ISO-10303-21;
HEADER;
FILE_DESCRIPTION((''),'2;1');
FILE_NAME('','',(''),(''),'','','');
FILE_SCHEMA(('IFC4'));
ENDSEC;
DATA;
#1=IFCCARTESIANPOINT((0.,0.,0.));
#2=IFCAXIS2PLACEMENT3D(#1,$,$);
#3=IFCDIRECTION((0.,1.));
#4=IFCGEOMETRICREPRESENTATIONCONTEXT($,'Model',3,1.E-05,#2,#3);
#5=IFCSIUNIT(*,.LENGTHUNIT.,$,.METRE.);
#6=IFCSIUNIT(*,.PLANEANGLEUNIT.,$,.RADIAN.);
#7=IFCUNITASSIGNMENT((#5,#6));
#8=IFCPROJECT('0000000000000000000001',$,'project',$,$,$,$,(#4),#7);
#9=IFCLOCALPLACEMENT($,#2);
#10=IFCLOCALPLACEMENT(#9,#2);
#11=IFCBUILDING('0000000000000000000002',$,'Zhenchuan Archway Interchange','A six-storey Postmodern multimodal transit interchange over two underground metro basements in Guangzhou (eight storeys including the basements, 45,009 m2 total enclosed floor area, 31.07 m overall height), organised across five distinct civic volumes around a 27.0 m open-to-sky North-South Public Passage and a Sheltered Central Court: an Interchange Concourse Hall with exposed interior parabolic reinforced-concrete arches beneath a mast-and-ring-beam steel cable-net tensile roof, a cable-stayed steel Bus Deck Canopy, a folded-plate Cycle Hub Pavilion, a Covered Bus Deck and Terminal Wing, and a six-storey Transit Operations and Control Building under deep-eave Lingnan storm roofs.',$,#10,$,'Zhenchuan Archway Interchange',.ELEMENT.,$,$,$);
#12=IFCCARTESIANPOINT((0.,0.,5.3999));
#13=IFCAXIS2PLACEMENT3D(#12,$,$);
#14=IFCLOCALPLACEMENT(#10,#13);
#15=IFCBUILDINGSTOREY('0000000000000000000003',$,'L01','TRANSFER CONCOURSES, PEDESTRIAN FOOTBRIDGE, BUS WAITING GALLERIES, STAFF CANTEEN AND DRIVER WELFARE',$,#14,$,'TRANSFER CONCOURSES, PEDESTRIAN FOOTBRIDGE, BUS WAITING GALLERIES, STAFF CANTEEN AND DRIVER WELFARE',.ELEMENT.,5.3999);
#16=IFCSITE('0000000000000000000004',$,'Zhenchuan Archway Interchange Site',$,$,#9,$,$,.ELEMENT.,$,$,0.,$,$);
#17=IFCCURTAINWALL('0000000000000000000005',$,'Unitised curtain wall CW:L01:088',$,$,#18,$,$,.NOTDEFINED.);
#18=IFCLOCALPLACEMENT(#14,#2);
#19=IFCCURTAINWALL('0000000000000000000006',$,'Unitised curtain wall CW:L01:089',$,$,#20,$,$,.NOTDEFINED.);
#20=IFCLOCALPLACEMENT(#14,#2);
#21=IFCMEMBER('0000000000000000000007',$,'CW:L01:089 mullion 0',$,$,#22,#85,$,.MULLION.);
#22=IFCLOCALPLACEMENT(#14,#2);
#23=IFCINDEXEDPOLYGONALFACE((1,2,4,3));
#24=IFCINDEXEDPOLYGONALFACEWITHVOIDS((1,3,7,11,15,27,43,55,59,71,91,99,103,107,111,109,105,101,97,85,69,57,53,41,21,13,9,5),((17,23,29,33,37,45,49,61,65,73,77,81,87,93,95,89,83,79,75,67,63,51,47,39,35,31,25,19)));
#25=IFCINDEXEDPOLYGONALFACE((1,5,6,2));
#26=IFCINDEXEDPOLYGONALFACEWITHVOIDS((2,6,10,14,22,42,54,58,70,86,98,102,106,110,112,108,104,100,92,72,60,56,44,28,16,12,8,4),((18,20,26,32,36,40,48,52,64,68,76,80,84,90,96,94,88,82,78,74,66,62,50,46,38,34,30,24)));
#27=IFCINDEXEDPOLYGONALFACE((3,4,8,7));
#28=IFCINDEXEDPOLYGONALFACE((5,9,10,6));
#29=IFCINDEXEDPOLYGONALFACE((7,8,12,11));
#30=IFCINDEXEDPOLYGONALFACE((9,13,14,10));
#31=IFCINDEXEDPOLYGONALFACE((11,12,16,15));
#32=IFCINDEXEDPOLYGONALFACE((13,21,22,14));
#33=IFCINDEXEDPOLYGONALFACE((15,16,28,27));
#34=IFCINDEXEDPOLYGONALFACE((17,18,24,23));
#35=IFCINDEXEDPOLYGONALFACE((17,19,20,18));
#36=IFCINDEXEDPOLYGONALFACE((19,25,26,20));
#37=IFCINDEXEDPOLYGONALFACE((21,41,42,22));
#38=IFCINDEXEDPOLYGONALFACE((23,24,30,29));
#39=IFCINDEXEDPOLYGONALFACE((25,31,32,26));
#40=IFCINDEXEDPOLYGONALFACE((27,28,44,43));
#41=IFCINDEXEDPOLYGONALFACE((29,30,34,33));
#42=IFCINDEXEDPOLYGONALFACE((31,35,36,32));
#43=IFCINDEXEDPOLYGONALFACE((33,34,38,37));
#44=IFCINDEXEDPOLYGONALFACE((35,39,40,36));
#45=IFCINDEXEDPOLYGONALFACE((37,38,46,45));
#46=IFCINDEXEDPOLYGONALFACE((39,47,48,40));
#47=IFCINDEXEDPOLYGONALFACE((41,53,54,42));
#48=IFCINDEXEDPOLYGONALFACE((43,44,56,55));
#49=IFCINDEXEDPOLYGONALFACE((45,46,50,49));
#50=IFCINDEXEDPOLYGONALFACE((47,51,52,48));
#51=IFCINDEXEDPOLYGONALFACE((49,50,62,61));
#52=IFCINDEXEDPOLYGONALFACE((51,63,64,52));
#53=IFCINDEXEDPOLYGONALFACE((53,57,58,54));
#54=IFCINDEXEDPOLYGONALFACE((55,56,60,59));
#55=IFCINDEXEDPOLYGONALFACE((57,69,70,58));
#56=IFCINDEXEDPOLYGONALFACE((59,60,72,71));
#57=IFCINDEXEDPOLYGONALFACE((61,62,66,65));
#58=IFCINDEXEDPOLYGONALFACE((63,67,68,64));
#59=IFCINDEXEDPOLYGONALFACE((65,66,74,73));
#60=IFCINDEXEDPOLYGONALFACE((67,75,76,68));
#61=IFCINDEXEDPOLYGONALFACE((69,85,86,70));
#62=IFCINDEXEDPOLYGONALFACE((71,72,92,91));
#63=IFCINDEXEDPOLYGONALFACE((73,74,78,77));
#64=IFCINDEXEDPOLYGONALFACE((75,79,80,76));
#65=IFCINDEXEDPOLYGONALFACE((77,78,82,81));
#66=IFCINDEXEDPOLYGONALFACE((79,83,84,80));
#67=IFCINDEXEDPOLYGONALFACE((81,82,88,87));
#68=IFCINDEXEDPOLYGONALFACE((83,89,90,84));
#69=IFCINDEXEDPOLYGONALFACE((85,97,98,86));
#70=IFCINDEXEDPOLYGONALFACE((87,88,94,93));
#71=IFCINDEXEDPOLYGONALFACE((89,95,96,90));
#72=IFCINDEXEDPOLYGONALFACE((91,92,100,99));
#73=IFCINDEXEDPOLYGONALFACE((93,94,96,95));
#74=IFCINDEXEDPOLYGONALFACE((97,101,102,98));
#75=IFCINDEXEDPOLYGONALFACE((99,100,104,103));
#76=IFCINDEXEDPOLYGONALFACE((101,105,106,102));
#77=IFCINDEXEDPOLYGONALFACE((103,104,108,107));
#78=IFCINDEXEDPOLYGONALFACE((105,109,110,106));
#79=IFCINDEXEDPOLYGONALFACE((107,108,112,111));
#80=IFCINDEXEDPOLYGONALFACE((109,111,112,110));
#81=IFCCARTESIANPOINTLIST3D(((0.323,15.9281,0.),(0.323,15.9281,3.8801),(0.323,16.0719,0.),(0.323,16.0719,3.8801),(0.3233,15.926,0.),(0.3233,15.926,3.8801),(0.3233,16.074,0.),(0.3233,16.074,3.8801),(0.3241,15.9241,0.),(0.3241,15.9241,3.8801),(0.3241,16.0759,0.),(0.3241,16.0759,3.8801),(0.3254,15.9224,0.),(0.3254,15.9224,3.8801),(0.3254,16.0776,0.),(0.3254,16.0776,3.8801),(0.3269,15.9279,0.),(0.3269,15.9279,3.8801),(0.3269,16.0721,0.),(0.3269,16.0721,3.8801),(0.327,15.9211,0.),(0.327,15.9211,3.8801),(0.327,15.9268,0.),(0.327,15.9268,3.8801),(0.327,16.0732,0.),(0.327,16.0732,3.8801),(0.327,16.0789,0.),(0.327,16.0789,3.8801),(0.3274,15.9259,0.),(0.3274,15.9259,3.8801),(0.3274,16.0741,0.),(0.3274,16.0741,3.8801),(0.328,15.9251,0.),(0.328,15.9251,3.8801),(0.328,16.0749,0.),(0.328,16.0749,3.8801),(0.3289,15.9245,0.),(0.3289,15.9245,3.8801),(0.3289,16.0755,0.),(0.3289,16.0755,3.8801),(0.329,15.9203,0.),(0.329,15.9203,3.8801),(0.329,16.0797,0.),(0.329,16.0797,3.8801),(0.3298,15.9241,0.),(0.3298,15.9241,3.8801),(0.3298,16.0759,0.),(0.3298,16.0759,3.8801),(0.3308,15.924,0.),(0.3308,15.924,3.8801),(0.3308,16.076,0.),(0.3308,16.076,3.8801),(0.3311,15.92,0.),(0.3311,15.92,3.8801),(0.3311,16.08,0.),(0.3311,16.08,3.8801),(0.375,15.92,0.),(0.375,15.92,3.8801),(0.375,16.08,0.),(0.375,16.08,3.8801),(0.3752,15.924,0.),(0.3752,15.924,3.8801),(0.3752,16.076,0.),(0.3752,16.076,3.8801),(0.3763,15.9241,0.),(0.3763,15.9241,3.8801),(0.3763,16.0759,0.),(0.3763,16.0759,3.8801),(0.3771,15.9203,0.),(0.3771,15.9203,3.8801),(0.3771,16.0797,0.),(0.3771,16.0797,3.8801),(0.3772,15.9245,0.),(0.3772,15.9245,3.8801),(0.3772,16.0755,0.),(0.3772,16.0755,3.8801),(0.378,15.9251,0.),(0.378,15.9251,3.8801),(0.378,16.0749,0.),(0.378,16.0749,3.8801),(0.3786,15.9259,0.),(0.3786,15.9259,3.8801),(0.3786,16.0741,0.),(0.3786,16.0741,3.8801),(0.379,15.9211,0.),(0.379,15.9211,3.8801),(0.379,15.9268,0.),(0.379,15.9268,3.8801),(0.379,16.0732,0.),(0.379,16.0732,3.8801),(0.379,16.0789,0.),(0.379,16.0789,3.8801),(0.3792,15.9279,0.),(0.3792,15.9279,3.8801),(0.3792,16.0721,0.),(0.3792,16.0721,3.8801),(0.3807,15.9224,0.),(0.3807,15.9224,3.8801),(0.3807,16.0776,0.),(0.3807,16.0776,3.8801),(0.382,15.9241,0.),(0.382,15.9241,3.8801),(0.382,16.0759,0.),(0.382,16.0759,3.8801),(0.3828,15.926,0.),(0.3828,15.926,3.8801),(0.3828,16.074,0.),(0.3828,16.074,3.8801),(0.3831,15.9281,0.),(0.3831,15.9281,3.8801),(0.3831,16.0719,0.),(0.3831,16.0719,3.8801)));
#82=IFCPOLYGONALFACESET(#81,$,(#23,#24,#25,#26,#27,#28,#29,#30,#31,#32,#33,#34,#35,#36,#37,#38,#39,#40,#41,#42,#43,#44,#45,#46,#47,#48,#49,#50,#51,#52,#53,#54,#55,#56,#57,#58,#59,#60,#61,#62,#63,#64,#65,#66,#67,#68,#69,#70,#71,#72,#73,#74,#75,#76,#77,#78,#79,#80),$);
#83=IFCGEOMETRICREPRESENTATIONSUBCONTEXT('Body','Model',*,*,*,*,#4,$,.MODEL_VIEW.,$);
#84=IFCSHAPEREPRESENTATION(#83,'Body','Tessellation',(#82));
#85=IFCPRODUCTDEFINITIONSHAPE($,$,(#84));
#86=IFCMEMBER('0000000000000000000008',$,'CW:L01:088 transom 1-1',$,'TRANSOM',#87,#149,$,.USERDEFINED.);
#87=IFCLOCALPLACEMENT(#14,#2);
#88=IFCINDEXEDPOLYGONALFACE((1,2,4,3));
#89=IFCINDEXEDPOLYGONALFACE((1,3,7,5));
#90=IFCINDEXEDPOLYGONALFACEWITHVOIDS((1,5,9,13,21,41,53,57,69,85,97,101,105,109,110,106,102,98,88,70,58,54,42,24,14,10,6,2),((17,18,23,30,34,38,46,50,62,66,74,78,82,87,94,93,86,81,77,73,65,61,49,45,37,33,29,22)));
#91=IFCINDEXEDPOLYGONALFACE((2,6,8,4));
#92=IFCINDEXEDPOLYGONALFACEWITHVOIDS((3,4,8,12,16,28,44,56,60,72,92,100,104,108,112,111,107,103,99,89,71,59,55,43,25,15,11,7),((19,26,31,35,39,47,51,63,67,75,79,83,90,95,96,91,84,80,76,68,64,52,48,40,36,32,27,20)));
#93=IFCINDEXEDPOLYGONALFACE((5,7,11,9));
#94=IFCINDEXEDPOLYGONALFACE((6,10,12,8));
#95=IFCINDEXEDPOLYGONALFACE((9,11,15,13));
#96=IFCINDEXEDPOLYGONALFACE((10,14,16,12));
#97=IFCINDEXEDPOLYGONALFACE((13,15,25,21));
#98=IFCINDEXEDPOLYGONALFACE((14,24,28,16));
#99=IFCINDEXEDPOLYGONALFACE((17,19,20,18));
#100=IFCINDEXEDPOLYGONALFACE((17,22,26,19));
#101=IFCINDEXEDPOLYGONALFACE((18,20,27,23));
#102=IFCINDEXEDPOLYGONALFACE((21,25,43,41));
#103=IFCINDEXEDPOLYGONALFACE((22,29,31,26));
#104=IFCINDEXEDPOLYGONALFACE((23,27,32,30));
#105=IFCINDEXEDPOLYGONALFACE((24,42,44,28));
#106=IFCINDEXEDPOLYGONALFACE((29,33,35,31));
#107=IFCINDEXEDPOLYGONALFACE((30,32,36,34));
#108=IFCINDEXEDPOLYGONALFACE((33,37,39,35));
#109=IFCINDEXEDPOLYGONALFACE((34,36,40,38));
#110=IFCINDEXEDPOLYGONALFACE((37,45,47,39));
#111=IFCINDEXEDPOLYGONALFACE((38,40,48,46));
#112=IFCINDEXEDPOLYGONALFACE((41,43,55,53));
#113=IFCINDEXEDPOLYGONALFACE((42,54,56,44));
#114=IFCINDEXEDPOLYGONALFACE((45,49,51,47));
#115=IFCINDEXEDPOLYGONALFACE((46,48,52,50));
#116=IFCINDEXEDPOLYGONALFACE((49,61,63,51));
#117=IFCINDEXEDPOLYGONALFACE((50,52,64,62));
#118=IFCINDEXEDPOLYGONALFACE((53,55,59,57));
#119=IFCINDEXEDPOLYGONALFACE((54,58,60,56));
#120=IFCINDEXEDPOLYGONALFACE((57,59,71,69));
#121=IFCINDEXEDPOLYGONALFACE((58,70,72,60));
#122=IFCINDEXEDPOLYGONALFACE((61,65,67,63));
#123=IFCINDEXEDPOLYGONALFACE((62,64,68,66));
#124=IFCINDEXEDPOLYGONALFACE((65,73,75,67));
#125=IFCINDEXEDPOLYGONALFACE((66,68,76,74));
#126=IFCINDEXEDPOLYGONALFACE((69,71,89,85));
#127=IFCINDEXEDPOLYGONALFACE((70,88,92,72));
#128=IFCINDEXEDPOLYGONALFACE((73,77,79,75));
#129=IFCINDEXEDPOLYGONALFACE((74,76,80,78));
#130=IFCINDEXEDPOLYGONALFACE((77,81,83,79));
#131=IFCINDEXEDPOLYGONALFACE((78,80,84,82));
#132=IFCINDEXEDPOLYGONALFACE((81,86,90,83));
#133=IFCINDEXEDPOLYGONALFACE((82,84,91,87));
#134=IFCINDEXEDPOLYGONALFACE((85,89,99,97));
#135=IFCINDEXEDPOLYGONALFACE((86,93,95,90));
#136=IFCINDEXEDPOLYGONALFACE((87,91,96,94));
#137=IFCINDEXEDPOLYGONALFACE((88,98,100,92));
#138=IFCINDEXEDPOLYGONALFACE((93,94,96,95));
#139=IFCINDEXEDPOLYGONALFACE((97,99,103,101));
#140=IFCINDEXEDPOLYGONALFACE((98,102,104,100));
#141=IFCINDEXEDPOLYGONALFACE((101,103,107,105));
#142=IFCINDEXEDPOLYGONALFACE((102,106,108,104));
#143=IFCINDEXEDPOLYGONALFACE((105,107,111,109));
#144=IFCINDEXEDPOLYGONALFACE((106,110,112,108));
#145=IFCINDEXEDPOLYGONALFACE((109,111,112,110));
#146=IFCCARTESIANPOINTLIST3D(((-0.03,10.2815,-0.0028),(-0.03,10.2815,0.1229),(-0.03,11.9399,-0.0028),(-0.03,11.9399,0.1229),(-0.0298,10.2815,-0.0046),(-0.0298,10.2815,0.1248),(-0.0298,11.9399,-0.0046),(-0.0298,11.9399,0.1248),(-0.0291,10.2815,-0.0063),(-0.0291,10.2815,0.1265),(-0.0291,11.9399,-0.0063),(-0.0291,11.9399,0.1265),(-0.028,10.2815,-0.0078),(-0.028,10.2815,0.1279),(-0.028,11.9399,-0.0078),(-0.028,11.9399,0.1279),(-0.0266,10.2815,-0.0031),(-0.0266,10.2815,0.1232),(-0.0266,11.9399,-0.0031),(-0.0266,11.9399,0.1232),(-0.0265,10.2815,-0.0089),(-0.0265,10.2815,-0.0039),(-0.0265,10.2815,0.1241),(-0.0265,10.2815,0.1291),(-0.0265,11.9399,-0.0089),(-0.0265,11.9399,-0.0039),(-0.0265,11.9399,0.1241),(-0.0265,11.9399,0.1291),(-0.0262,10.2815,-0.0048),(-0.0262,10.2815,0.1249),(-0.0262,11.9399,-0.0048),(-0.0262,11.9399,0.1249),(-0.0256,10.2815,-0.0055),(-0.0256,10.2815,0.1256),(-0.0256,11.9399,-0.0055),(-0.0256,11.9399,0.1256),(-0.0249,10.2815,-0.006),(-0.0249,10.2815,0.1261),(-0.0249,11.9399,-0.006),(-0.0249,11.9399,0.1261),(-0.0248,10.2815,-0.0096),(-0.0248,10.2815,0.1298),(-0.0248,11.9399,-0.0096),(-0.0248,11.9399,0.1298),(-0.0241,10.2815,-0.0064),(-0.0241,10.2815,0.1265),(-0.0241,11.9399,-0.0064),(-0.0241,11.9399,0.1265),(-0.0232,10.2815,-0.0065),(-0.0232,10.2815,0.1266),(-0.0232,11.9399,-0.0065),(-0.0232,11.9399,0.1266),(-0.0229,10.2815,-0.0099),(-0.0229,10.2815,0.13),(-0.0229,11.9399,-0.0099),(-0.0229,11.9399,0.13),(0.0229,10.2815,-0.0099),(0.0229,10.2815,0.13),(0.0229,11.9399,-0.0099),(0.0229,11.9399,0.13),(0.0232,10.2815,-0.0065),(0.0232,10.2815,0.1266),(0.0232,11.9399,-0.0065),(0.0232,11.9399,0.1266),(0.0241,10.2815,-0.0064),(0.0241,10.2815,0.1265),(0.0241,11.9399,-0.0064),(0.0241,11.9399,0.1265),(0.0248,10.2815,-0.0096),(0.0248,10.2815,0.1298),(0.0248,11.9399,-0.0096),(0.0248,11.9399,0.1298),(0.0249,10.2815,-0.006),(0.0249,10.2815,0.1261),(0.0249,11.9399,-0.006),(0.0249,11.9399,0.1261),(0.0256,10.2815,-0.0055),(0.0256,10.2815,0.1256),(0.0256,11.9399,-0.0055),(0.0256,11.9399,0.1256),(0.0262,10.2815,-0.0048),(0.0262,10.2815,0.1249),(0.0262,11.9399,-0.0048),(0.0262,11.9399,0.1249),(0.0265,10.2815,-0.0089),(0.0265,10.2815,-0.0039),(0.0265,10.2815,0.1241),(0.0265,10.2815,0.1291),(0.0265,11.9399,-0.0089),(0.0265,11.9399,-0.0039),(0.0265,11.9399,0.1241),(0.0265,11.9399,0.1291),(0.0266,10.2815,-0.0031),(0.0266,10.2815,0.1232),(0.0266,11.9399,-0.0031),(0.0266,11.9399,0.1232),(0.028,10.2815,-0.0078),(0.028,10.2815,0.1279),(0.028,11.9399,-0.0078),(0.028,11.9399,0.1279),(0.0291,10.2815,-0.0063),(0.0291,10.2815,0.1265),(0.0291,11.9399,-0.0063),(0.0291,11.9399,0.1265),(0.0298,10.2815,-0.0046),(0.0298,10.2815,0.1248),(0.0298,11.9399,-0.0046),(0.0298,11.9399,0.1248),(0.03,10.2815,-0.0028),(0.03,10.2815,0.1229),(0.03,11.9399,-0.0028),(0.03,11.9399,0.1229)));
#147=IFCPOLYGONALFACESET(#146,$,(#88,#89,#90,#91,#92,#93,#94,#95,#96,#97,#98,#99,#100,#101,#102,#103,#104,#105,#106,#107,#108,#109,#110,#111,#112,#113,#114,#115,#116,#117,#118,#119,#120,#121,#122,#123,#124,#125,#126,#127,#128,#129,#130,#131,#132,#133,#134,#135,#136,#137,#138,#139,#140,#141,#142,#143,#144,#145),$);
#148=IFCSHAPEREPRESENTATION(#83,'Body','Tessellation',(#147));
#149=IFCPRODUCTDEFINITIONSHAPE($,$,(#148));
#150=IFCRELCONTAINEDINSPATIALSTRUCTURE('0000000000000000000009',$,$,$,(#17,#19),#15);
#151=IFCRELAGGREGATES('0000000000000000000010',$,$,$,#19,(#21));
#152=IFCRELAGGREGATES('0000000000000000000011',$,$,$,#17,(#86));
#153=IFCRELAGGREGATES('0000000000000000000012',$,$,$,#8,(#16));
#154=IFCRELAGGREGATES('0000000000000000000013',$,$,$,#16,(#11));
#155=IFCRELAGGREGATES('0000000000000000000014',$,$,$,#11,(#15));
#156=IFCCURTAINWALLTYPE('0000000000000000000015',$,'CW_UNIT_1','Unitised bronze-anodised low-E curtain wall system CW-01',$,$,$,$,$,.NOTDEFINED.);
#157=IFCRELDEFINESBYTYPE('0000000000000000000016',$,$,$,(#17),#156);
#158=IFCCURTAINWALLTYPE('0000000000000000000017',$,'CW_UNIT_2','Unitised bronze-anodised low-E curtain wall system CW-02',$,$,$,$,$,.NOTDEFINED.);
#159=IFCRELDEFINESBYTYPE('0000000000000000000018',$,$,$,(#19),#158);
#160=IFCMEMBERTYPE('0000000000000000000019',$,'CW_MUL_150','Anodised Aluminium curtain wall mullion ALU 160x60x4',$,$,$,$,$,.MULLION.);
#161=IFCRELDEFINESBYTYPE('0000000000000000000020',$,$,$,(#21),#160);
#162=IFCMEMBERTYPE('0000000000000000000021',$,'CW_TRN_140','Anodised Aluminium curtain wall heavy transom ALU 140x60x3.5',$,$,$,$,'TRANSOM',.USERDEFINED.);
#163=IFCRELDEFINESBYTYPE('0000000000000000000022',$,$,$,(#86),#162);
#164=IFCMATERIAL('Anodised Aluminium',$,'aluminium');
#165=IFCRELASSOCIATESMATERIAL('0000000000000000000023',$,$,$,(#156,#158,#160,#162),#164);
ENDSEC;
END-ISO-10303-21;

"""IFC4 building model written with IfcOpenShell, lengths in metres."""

from ifc_helpers import new_model, si_unit, direction, frame, origin, origin_2d, place, context, subcontext, project, spatial, hollow_rectangle, extrude, material, material_profile, profile_set, type_object, element, aggregate, save


model = new_model("IFC4")

# Units and contexts
model_context = context("Model", 3, precision=1e-05, world=origin(), true_north=direction((0.0, 1.0)))
body_context = subcontext(model_context, "Body", "Model", "MODEL_VIEW")
ifc_project = project(units=[si_unit("LENGTHUNIT", "METRE"), si_unit("PLANEANGLEUNIT", "RADIAN")], contexts=[model_context])

# Site, building, storey
site_placement = place(None, origin())
site = spatial("IfcSite", under=ifc_project, at=site_placement, Name="Zhenchuan Archway Interchange Site", CompositionType="ELEMENT", RefElevation=0.0)
building_placement = place(site_placement, origin())
building = spatial("IfcBuilding", under=site, at=building_placement, Name="Zhenchuan Archway Interchange", Description="A six-storey Postmodern multimodal transit interchange over two underground metro basements in Guangzhou (eight storeys including the basements, 45,009 m2 total enclosed floor area, 31.07 m overall height), organised across five distinct civic volumes around a 27.0 m open-to-sky North-South Public Passage and a Sheltered Central Court: an Interchange Concourse Hall with exposed interior parabolic reinforced-concrete arches beneath a mast-and-ring-beam steel cable-net tensile roof, a cable-stayed steel Bus Deck Canopy, a folded-plate Cycle Hub Pavilion, a Covered Bus Deck and Terminal Wing, and a six-storey Transit Operations and Control Building under deep-eave Lingnan storm roofs.", LongName="Zhenchuan Archway Interchange", CompositionType="ELEMENT")
storey_placement = place(building_placement, frame((0.0, 0.0, 5.3999)))
storey = spatial("IfcBuildingStorey", under=building, at=storey_placement, Name="L01", Description="TRANSFER CONCOURSES, PEDESTRIAN FOOTBRIDGE, BUS WAITING GALLERIES, STAFF CANTEEN AND DRIVER WELFARE", LongName="TRANSFER CONCOURSES, PEDESTRIAN FOOTBRIDGE, BUS WAITING GALLERIES, STAFF CANTEEN AND DRIVER WELFARE", CompositionType="ELEMENT", Elevation=5.3999)

# Curtain wall
ifc_material_1 = material(Name="Anodised Aluminium", Category="aluminium")
curtain_wall_type_1 = type_object("IfcCurtainWallType", Name="CW_UNIT_1", Description="Unitised bronze-anodised low-E curtain wall system CW-01", PredefinedType="NOTDEFINED", material=ifc_material_1)
curtain_wall_1_placement = place(storey_placement, origin())
curtain_wall_1 = element("IfcCurtainWall", 1, at=curtain_wall_1_placement, inside=storey, type_object=curtain_wall_type_1, Name="Unitised curtain wall CW:L01:088", PredefinedType="NOTDEFINED")
ifc_material_profile_1 = material_profile(ifc_material_1, hollow_rectangle(XDim=0.0601, YDim=0.1599, WallThickness=0.0039, InnerFilletRadius=0.0039, OuterFilletRadius=0.0081, at=origin_2d()), Name="ALU 160x60x4")
ifc_profile_set_1 = profile_set([ifc_material_profile_1], Name="Anodised Aluminium")
member_type_1 = type_object("IfcMemberType", Name="CW_MUL_150", Description="Anodised Aluminium curtain wall mullion ALU 160x60x4", PredefinedType="MULLION", material=ifc_profile_set_1)

# Curtain wall, member
curtain_wall_type_2 = type_object("IfcCurtainWallType", Name="CW_UNIT_2", Description="Unitised bronze-anodised low-E curtain wall system CW-02", PredefinedType="NOTDEFINED", material=ifc_material_1)
curtain_wall_2_placement = place(storey_placement, origin())
curtain_wall_2 = element("IfcCurtainWall", 2, at=curtain_wall_2_placement, inside=storey, type_object=curtain_wall_type_2, Name="Unitised curtain wall CW:L01:089", PredefinedType="NOTDEFINED")
member_1_placement = place(storey_placement, frame((0.353, 16.0, 0.0), z_axis=(0.0, 0.0, 1.0), x_axis=(1.0, 0.0, 0.0)))
member_1 = element("IfcMember", 3, at=member_1_placement, type_object=member_type_1, Name="CW:L01:089 mullion 0", PredefinedType="MULLION", context=body_context, shape_type="SweptSolid", body=[
    extrude(hollow_rectangle(XDim=0.0601, YDim=0.1599, WallThickness=0.0039, InnerFilletRadius=0.0039, OuterFilletRadius=0.0081, at=origin_2d()), origin(), (0.0, 0.0, 1.0), 3.8801),
])

# Member
ifc_material_profile_2 = material_profile(ifc_material_1, hollow_rectangle(XDim=0.0601, YDim=0.1399, WallThickness=0.0034, InnerFilletRadius=0.0034, OuterFilletRadius=0.0071, at=origin_2d()), Name="ALU 140x60x3.5")
ifc_profile_set_2 = profile_set([ifc_material_profile_2], Name="Anodised Aluminium")
member_type_2 = type_object("IfcMemberType", Name="CW_TRN_140", Description="Anodised Aluminium curtain wall heavy transom ALU 140x60x3.5", ElementType="TRANSOM", PredefinedType="USERDEFINED", material=ifc_profile_set_2)
member_2_placement = place(storey_placement, frame((0.0, 10.2815, 0.0601), z_axis=(0.0, 1.0, 0.0), x_axis=(-1.0, 0.0, 0.0)))
member_2 = element("IfcMember", 4, at=member_2_placement, type_object=member_type_2, Name="CW:L01:088 transom 1-1", ObjectType="TRANSOM", PredefinedType="USERDEFINED", context=body_context, shape_type="SweptSolid", body=[
    extrude(hollow_rectangle(XDim=0.0601, YDim=0.1399, WallThickness=0.0034, InnerFilletRadius=0.0034, OuterFilletRadius=0.0071, at=origin_2d()), origin(), (0.0, 0.0, 1.0), 1.6584),
])
aggregate(curtain_wall_2, [member_1])

aggregate(curtain_wall_1, [member_2])

save(model, "model.ifc")
